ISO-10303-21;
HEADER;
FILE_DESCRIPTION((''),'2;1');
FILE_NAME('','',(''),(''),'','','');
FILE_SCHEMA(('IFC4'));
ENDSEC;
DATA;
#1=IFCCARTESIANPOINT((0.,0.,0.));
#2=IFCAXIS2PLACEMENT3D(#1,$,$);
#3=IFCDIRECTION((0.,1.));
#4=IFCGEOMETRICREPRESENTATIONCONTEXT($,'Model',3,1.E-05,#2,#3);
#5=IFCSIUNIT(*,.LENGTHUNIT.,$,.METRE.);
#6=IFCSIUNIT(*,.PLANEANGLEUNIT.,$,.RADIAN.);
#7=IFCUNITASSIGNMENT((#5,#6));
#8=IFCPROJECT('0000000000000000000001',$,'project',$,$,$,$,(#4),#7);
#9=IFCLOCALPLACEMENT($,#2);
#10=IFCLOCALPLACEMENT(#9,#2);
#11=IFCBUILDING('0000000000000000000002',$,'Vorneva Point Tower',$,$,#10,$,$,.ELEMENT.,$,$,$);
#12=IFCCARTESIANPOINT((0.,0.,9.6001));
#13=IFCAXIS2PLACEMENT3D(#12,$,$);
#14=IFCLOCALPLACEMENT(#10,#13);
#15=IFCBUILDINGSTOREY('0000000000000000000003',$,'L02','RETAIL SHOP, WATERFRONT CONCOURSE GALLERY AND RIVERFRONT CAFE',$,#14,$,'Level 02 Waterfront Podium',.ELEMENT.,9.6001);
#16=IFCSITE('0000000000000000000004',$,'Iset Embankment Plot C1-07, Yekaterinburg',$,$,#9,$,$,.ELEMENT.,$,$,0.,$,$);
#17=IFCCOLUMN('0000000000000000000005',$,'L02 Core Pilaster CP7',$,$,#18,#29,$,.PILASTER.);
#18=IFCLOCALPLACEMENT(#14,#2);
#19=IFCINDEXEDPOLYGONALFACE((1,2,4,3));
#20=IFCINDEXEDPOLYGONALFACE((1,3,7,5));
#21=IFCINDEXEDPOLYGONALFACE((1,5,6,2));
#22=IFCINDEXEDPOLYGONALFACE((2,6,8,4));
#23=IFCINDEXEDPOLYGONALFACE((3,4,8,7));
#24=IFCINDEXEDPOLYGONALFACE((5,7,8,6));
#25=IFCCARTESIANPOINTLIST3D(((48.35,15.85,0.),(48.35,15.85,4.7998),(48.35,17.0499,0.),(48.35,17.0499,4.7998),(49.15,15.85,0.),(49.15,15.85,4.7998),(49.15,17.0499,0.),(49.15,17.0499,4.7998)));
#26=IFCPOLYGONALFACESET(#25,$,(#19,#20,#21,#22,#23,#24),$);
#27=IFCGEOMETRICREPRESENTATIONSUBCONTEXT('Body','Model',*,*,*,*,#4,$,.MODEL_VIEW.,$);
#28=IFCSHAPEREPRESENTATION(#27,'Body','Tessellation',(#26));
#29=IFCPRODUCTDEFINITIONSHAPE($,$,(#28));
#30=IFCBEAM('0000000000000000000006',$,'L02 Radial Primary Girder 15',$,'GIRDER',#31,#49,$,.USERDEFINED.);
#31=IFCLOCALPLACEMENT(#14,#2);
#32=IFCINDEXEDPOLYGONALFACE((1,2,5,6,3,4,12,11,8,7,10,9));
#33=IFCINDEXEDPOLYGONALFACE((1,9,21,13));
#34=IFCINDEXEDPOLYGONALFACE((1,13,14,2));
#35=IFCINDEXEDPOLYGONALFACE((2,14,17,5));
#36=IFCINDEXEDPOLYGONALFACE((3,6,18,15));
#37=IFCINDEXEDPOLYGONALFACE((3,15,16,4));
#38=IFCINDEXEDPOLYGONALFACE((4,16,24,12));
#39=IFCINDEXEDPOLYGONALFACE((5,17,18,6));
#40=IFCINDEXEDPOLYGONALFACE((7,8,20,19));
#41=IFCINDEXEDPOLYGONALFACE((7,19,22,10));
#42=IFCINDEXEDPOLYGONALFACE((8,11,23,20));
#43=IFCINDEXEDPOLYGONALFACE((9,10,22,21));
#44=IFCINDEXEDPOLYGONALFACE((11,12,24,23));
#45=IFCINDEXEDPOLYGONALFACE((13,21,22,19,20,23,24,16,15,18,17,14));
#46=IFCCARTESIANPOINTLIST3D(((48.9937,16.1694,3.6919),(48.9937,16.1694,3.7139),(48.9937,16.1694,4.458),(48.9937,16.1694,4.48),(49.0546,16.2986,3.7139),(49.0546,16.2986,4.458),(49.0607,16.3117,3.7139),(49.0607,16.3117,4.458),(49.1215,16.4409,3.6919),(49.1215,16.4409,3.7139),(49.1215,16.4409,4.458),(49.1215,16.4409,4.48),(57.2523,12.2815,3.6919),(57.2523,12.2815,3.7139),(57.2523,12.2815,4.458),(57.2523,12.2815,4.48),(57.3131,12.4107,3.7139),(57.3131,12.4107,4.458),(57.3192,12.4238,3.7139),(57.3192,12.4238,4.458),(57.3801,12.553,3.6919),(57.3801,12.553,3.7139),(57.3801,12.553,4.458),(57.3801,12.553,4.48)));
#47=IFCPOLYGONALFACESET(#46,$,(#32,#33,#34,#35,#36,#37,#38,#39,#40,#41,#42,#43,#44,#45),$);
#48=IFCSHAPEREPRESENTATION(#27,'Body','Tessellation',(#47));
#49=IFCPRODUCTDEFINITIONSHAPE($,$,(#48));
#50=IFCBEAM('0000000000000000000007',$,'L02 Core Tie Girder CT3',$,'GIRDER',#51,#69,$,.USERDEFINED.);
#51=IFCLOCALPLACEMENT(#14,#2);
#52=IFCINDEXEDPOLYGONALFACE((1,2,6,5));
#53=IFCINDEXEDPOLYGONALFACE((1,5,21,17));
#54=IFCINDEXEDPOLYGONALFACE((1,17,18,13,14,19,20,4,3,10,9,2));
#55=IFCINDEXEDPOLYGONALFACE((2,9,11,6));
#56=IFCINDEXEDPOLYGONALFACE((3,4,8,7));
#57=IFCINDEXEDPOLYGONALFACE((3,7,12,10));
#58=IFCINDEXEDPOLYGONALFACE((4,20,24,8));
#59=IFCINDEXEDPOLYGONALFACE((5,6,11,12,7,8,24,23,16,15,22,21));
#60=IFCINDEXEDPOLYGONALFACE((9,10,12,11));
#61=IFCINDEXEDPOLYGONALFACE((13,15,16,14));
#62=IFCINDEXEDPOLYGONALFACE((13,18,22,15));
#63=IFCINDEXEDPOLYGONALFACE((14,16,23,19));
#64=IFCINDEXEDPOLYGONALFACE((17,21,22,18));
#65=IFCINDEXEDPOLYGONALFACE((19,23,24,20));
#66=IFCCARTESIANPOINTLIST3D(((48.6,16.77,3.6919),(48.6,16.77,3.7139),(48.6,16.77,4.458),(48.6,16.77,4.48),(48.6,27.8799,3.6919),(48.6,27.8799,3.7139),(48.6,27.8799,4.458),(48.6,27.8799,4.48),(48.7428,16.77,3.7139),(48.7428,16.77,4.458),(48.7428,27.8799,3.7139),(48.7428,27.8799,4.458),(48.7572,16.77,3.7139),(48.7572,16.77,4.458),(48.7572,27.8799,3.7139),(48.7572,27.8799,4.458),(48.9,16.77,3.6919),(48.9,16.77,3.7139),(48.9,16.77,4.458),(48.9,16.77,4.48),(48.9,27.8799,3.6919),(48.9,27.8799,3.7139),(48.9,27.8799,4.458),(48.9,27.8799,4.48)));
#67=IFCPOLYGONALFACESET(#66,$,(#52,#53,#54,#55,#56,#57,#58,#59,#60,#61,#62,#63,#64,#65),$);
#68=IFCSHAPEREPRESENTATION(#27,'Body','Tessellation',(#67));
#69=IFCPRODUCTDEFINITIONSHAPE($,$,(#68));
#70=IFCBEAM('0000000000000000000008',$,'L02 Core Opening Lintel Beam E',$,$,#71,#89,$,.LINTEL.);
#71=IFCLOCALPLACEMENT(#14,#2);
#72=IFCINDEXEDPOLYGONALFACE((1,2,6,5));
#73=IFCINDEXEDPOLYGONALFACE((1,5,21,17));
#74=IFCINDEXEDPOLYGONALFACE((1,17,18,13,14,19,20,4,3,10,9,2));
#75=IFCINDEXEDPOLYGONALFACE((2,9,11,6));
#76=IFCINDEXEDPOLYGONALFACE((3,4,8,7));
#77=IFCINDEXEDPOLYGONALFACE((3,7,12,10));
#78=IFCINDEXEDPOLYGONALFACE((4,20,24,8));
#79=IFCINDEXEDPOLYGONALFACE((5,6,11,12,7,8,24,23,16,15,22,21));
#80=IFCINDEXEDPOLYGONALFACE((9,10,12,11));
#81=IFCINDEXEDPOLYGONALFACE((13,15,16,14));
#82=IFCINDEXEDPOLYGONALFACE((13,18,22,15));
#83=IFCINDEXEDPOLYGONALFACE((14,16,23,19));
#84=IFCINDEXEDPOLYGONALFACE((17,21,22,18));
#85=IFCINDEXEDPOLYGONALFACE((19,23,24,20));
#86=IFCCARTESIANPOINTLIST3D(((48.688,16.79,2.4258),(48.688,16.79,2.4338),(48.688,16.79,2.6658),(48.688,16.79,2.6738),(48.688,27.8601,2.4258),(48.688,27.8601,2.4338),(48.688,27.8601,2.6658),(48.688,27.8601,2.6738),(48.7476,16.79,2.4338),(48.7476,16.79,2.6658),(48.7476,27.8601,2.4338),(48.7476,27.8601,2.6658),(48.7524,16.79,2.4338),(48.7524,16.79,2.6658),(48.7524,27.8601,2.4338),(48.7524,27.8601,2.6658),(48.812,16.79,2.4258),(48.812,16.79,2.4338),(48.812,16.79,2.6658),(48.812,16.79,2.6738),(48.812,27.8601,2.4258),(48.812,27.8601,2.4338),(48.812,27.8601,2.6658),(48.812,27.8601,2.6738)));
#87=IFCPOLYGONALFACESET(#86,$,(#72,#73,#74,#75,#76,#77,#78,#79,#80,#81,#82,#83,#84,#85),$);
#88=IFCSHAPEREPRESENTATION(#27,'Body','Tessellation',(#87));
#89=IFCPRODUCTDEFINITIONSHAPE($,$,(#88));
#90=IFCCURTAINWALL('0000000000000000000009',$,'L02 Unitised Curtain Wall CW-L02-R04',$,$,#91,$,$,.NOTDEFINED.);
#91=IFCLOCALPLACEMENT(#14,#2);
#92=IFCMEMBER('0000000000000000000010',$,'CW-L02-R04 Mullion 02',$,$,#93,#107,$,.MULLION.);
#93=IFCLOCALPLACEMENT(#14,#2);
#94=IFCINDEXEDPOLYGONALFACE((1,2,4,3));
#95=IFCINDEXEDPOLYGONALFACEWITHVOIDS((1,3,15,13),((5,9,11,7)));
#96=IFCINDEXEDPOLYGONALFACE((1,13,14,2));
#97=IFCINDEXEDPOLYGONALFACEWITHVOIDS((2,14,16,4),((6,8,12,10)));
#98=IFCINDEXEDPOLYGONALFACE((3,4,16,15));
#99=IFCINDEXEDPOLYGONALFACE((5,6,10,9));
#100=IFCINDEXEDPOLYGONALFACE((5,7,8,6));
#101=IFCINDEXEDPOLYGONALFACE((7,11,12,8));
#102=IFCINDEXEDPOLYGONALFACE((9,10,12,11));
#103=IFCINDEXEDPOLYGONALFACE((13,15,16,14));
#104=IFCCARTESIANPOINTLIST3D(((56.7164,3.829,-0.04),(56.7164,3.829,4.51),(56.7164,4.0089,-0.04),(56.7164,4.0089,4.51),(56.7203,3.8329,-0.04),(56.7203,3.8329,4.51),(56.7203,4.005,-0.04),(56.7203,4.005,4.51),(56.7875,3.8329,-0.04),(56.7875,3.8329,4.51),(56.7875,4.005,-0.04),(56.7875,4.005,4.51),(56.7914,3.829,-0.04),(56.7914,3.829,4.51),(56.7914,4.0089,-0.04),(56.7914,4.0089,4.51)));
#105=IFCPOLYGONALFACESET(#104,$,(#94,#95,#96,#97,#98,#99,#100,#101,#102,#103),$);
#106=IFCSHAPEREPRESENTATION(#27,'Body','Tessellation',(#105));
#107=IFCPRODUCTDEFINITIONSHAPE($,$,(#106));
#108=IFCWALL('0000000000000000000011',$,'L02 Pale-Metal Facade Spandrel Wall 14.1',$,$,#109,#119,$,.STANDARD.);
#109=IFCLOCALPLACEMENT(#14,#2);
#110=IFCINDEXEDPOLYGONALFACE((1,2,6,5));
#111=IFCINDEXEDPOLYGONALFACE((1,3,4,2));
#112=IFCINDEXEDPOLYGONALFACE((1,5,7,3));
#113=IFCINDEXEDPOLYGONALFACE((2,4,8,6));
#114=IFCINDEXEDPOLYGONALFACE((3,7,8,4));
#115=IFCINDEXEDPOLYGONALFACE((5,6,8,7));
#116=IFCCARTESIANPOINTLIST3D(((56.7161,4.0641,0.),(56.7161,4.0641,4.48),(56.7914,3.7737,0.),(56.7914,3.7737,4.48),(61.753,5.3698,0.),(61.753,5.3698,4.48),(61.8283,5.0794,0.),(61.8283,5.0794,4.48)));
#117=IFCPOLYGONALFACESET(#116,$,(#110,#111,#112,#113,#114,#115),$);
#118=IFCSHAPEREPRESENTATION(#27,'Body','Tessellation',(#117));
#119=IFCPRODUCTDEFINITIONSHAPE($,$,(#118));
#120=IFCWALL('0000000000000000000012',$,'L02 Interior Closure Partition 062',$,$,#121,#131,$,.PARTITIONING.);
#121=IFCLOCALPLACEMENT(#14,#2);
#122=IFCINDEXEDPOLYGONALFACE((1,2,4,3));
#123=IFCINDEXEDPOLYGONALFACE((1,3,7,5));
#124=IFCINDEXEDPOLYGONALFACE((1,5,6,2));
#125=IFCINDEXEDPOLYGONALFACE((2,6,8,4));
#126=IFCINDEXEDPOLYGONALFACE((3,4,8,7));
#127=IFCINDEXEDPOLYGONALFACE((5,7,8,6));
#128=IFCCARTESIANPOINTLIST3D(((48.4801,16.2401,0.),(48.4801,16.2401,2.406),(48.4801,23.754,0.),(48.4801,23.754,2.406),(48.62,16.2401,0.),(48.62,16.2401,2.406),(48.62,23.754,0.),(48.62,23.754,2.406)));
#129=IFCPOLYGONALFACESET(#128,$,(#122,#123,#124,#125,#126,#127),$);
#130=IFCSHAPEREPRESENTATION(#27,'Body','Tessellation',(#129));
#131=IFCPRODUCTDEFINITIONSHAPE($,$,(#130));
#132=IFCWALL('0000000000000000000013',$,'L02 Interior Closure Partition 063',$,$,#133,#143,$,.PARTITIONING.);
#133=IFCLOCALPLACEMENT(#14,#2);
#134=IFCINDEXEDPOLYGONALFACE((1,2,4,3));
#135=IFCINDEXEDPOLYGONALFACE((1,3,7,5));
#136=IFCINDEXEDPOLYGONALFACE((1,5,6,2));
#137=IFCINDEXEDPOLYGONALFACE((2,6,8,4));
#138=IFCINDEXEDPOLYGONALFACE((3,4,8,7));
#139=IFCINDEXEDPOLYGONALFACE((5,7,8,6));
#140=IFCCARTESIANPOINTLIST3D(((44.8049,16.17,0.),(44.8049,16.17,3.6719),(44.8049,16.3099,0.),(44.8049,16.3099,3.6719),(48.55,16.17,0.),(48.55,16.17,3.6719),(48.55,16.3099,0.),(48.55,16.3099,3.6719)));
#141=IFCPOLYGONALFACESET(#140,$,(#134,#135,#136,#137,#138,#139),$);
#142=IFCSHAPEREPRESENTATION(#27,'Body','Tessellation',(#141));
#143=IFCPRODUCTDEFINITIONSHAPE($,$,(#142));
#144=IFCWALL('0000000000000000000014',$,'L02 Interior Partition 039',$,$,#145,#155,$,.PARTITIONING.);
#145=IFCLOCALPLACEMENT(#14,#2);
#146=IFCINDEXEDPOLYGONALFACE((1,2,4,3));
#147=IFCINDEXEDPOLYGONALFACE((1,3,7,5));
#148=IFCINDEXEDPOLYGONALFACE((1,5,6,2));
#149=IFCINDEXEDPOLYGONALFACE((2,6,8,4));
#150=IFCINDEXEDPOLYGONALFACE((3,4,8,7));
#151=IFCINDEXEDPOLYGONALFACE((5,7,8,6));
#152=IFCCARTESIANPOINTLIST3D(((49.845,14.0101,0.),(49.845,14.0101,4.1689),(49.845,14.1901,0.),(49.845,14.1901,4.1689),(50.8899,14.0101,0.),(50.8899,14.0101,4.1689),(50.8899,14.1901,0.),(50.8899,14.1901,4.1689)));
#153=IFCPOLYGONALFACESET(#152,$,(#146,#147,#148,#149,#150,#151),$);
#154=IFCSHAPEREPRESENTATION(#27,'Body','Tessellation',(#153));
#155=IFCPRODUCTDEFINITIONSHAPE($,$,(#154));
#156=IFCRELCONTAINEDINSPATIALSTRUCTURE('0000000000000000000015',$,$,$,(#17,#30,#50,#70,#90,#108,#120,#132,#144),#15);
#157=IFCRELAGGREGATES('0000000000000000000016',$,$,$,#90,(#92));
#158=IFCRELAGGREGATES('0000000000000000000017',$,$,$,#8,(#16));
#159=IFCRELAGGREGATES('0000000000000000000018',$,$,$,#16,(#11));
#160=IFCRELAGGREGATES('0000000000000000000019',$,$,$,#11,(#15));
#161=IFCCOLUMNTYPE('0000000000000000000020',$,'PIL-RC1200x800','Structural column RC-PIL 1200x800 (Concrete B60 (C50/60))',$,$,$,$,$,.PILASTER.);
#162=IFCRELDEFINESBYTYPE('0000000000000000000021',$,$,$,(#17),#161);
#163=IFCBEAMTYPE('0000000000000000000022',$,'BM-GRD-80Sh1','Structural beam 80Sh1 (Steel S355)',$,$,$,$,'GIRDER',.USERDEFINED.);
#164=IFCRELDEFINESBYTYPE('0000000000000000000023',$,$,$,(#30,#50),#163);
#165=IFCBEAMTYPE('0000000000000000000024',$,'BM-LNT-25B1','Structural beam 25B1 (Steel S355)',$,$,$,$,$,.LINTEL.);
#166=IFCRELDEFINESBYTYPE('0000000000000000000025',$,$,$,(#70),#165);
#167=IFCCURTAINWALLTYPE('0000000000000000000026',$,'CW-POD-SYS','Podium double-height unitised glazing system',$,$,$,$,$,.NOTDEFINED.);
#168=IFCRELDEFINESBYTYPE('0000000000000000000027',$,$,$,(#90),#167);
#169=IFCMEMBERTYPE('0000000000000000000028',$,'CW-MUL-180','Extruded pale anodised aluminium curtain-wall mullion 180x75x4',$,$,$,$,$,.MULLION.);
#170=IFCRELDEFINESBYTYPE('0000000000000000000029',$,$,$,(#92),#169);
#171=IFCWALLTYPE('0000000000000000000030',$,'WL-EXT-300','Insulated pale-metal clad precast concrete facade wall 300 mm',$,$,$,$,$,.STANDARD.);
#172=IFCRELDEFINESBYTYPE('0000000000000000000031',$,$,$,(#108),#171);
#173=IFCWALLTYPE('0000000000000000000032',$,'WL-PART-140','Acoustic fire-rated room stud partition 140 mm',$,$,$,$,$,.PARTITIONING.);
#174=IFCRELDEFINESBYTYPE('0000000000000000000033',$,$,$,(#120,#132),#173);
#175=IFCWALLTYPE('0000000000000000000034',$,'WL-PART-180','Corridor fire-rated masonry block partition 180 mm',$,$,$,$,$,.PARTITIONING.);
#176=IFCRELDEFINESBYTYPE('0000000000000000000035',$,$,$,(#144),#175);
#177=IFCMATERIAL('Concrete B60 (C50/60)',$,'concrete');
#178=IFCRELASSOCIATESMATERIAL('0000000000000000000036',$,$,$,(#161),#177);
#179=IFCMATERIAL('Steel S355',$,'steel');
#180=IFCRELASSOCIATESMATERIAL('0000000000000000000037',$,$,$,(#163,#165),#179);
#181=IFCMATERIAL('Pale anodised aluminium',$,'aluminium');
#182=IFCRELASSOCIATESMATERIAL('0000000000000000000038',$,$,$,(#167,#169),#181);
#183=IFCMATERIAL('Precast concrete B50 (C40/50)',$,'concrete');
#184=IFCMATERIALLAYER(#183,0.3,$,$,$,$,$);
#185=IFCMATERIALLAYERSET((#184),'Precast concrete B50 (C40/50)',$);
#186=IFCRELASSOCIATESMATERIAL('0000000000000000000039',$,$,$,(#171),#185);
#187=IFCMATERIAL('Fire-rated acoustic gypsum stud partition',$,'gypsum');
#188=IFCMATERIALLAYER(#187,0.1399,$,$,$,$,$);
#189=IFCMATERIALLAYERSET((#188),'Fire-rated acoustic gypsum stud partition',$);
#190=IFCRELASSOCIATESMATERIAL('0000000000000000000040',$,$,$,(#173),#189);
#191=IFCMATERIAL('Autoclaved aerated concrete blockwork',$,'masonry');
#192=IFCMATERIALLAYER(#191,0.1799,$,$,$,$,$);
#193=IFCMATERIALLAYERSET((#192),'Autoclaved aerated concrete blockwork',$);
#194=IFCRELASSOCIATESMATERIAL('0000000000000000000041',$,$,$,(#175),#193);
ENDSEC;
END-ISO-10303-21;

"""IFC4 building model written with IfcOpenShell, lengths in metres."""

from ifc_helpers import new_model, si_unit, direction, frame, frame_2d, origin, origin_2d, place, context, subcontext, project, spatial, rectangle, hollow_rectangle, i_section, extrude, material, layer, layer_set, material_profile, profile_set, type_object, element, aggregate, save


model = new_model("IFC4")

# Units and contexts
model_context = context("Model", 3, precision=1e-05, world=origin(), true_north=direction((0.0, 1.0)))
body_context = subcontext(model_context, "Body", "Model", "MODEL_VIEW")
ifc_project = project(units=[si_unit("LENGTHUNIT", "METRE"), si_unit("PLANEANGLEUNIT", "RADIAN")], contexts=[model_context])

# Site, building, storey
site_placement = place(None, origin())
site = spatial("IfcSite", under=ifc_project, at=site_placement, Name="Iset Embankment Plot C1-07, Yekaterinburg", CompositionType="ELEMENT", RefElevation=0.0)
building_placement = place(site_placement, origin())
building = spatial("IfcBuilding", under=site, at=building_placement, Name="Vorneva Point Tower", CompositionType="ELEMENT")
storey_placement = place(building_placement, frame((0.0, 0.0, 9.6001)))
storey = spatial("IfcBuildingStorey", under=building, at=storey_placement, Name="L02", Description="RETAIL SHOP, WATERFRONT CONCOURSE GALLERY AND RIVERFRONT CAFE", LongName="Level 02 Waterfront Podium", CompositionType="ELEMENT", Elevation=9.6001)

# Column
ifc_material_1 = material(Name="Concrete B60 (C50/60)", Category="concrete")
ifc_material_profile_1 = material_profile(ifc_material_1, rectangle(XDim=0.8, YDim=1.2, at=origin_2d()), Name="RC-PIL 1200x800")
ifc_profile_set_1 = profile_set([ifc_material_profile_1], Name="Concrete B60 (C50/60)")
column_type_1 = type_object("IfcColumnType", Name="PIL-RC1200x800", Description="Structural column RC-PIL 1200x800 (Concrete B60 (C50/60))", PredefinedType="PILASTER", material=ifc_profile_set_1)
column_1_placement = place(storey_placement, frame((48.75, 16.45, 0.0), z_axis=(0.0, 0.0, 1.0), x_axis=(1.0, 0.0, 0.0)))
element("IfcColumn", 1, at=column_1_placement, inside=storey, type_object=column_type_1, Name="L02 Core Pilaster CP7", PredefinedType="PILASTER", context=body_context, shape_type="SweptSolid", body=[
    extrude(rectangle(XDim=0.8, YDim=1.2, at=origin_2d()), origin(), (0.0, 0.0, 1.0), 4.7998),
])

# Beams
ifc_material_2 = material(Name="Steel S355", Category="steel")
ifc_material_profile_2 = material_profile(ifc_material_2, i_section(OverallWidth=0.3, OverallDepth=0.7881, WebThickness=0.0144, FlangeThickness=0.022, at=origin_2d()), Name="80Sh1")
ifc_profile_set_2 = profile_set([ifc_material_profile_2], Name="Steel S355")
beam_type_1 = type_object("IfcBeamType", Name="BM-GRD-80Sh1", Description="Structural beam 80Sh1 (Steel S355)", ElementType="GIRDER", PredefinedType="USERDEFINED", material=ifc_profile_set_2)
beam_1_placement = place(storey_placement, frame((57.3162, 12.4172, 4.0859), z_axis=(-0.904753, 0.425937, 0.0), x_axis=(-0.425937, -0.904753, 0.0)))
element("IfcBeam", 2, at=beam_1_placement, inside=storey, type_object=beam_type_1, Name="L02 Radial Primary Girder 15", ObjectType="GIRDER", PredefinedType="USERDEFINED", context=body_context, shape_type="SweptSolid", body=[
    extrude(i_section(OverallWidth=0.3, OverallDepth=0.7881, WebThickness=0.0144, FlangeThickness=0.022, at=origin_2d()), origin(), (0.0, 0.0, 1.0), 9.1279),
])
beam_2_placement = place(storey_placement, frame((48.75, 16.77, 4.0859), z_axis=(0.0, 1.0, 0.0), x_axis=(-1.0, 0.0, 0.0)))
element("IfcBeam", 3, at=beam_2_placement, inside=storey, type_object=beam_type_1, Name="L02 Core Tie Girder CT3", ObjectType="GIRDER", PredefinedType="USERDEFINED", context=body_context, shape_type="SweptSolid", body=[
    extrude(i_section(OverallWidth=0.3, OverallDepth=0.7881, WebThickness=0.0144, FlangeThickness=0.022, at=origin_2d()), origin(), (0.0, 0.0, 1.0), 11.1099),
])
ifc_material_profile_3 = material_profile(ifc_material_2, i_section(OverallWidth=0.124, OverallDepth=0.248, WebThickness=0.0049, FlangeThickness=0.0081, at=origin_2d()), Name="25B1")
ifc_profile_set_3 = profile_set([ifc_material_profile_3], Name="Steel S355")
beam_type_2 = type_object("IfcBeamType", Name="BM-LNT-25B1", Description="Structural beam 25B1 (Steel S355)", PredefinedType="LINTEL", material=ifc_profile_set_3)
beam_3_placement = place(storey_placement, frame((48.75, 16.79, 2.5498), z_axis=(0.0, 1.0, 0.0), x_axis=(-1.0, 0.0, 0.0)))
element("IfcBeam", 4, at=beam_3_placement, inside=storey, type_object=beam_type_2, Name="L02 Core Opening Lintel Beam E", PredefinedType="LINTEL", context=body_context, shape_type="SweptSolid", body=[
    extrude(i_section(OverallWidth=0.124, OverallDepth=0.248, WebThickness=0.0049, FlangeThickness=0.0081, at=origin_2d()), origin(), (0.0, 0.0, 1.0), 11.0701),
])

# Curtain wall, member
ifc_material_3 = material(Name="Pale anodised aluminium", Category="aluminium")
curtain_wall_type = type_object("IfcCurtainWallType", Name="CW-POD-SYS", Description="Podium double-height unitised glazing system", PredefinedType="NOTDEFINED", material=ifc_material_3)
curtain_wall_placement = place(storey_placement, origin())
curtain_wall = element("IfcCurtainWall", 5, at=curtain_wall_placement, inside=storey, type_object=curtain_wall_type, Name="L02 Unitised Curtain Wall CW-L02-R04", PredefinedType="NOTDEFINED")
ifc_material_profile_4 = material_profile(ifc_material_3, hollow_rectangle(XDim=0.075, YDim=0.1799, WallThickness=0.0039, at=origin_2d()), Name="AL-MUL 180x75x4")
ifc_profile_set_4 = profile_set([ifc_material_profile_4], Name="Pale anodised aluminium")
member_type = type_object("IfcMemberType", Name="CW-MUL-180", Description="Extruded pale anodised aluminium curtain-wall mullion 180x75x4", PredefinedType="MULLION", material=ifc_profile_set_4)
member_placement = place(storey_placement, frame((56.7539, 3.9189, -0.04), z_axis=(0.0, 0.0, 1.0), x_axis=(1.0, 0.0, 0.0)))
member = element("IfcMember", 6, at=member_placement, type_object=member_type, Name="CW-L02-R04 Mullion 02", PredefinedType="MULLION", context=body_context, shape_type="SweptSolid", body=[
    extrude(hollow_rectangle(XDim=0.075, YDim=0.1799, WallThickness=0.0039, at=origin_2d()), origin(), (0.0, 0.0, 1.0), 4.55),
])
aggregate(curtain_wall, [member])

# Walls
ifc_material_4 = material(Name="Precast concrete B50 (C40/50)", Category="concrete")
ifc_layer_1 = layer(ifc_material_4, 0.3)
ifc_layer_set_1 = layer_set([ifc_layer_1], Name="Precast concrete B50 (C40/50)")
wall_type_1 = type_object("IfcWallType", Name="WL-EXT-300", Description="Insulated pale-metal clad precast concrete facade wall 300 mm", PredefinedType="STANDARD", material=ifc_layer_set_1)
wall_1_placement = place(storey_placement, frame((56.7539, 3.9189, 0.0), z_axis=(0.0, 0.0, 1.0), x_axis=(0.968006, 0.250928, 0.0)))
element("IfcWall", 7, at=wall_1_placement, inside=storey, type_object=wall_type_1, Name="L02 Pale-Metal Facade Spandrel Wall 14.1", PredefinedType="STANDARD", context=body_context, shape_type="SweptSolid", body=[
    extrude(rectangle(XDim=5.2034, YDim=0.3, at=frame_2d((2.6016, 0.0))), origin(), (0.0, 0.0, 1.0), 4.48),
])
ifc_material_5 = material(Name="Fire-rated acoustic gypsum stud partition", Category="gypsum")
ifc_layer_2 = layer(ifc_material_5, 0.1399)
ifc_layer_set_2 = layer_set([ifc_layer_2], Name="Fire-rated acoustic gypsum stud partition")
wall_type_2 = type_object("IfcWallType", Name="WL-PART-140", Description="Acoustic fire-rated room stud partition 140 mm", PredefinedType="PARTITIONING", material=ifc_layer_set_2)
wall_2_placement = place(storey_placement, frame((48.55, 23.7539, 0.0), z_axis=(0.0, 0.0, 1.0), x_axis=(0.0, -1.0, 0.0)))
element("IfcWall", 8, at=wall_2_placement, inside=storey, type_object=wall_type_2, Name="L02 Interior Closure Partition 062", PredefinedType="PARTITIONING", context=body_context, shape_type="SweptSolid", body=[
    extrude(rectangle(XDim=7.5139, YDim=0.1399, at=frame_2d((3.7568, 0.0))), origin(), (0.0, 0.0, 1.0), 2.406),
])
wall_3_placement = place(storey_placement, frame((48.55, 16.24, 0.0), z_axis=(0.0, 0.0, 1.0), x_axis=(-1.0, 0.0, 0.0)))
element("IfcWall", 9, at=wall_3_placement, inside=storey, type_object=wall_type_2, Name="L02 Interior Closure Partition 063", PredefinedType="PARTITIONING", context=body_context, shape_type="SweptSolid", body=[
    extrude(rectangle(XDim=3.7451, YDim=0.1399, at=frame_2d((1.8726, 0.0))), origin(), (0.0, 0.0, 1.0), 3.6719),
])

# Shared definitions
ifc_material_6 = material(Name="Autoclaved aerated concrete blockwork", Category="masonry")
ifc_layer_3 = layer(ifc_material_6, 0.1799)
ifc_layer_set_3 = layer_set([ifc_layer_3], Name="Autoclaved aerated concrete blockwork")
wall_type_3 = type_object("IfcWallType", Name="WL-PART-180", Description="Corridor fire-rated masonry block partition 180 mm", PredefinedType="PARTITIONING", material=ifc_layer_set_3)

# Wall
wall_4_placement = place(storey_placement, frame((49.845, 14.1001, 0.0), z_axis=(0.0, 0.0, 1.0), x_axis=(1.0, 0.0, 0.0)))
element("IfcWall", 10, at=wall_4_placement, inside=storey, type_object=wall_type_3, Name="L02 Interior Partition 039", PredefinedType="PARTITIONING", context=body_context, shape_type="SweptSolid", body=[
    extrude(rectangle(XDim=1.0449, YDim=0.1799, at=frame_2d((0.5225, 0.0))), origin(), (0.0, 0.0, 1.0), 4.1689),
])

save(model, "model.ifc")
